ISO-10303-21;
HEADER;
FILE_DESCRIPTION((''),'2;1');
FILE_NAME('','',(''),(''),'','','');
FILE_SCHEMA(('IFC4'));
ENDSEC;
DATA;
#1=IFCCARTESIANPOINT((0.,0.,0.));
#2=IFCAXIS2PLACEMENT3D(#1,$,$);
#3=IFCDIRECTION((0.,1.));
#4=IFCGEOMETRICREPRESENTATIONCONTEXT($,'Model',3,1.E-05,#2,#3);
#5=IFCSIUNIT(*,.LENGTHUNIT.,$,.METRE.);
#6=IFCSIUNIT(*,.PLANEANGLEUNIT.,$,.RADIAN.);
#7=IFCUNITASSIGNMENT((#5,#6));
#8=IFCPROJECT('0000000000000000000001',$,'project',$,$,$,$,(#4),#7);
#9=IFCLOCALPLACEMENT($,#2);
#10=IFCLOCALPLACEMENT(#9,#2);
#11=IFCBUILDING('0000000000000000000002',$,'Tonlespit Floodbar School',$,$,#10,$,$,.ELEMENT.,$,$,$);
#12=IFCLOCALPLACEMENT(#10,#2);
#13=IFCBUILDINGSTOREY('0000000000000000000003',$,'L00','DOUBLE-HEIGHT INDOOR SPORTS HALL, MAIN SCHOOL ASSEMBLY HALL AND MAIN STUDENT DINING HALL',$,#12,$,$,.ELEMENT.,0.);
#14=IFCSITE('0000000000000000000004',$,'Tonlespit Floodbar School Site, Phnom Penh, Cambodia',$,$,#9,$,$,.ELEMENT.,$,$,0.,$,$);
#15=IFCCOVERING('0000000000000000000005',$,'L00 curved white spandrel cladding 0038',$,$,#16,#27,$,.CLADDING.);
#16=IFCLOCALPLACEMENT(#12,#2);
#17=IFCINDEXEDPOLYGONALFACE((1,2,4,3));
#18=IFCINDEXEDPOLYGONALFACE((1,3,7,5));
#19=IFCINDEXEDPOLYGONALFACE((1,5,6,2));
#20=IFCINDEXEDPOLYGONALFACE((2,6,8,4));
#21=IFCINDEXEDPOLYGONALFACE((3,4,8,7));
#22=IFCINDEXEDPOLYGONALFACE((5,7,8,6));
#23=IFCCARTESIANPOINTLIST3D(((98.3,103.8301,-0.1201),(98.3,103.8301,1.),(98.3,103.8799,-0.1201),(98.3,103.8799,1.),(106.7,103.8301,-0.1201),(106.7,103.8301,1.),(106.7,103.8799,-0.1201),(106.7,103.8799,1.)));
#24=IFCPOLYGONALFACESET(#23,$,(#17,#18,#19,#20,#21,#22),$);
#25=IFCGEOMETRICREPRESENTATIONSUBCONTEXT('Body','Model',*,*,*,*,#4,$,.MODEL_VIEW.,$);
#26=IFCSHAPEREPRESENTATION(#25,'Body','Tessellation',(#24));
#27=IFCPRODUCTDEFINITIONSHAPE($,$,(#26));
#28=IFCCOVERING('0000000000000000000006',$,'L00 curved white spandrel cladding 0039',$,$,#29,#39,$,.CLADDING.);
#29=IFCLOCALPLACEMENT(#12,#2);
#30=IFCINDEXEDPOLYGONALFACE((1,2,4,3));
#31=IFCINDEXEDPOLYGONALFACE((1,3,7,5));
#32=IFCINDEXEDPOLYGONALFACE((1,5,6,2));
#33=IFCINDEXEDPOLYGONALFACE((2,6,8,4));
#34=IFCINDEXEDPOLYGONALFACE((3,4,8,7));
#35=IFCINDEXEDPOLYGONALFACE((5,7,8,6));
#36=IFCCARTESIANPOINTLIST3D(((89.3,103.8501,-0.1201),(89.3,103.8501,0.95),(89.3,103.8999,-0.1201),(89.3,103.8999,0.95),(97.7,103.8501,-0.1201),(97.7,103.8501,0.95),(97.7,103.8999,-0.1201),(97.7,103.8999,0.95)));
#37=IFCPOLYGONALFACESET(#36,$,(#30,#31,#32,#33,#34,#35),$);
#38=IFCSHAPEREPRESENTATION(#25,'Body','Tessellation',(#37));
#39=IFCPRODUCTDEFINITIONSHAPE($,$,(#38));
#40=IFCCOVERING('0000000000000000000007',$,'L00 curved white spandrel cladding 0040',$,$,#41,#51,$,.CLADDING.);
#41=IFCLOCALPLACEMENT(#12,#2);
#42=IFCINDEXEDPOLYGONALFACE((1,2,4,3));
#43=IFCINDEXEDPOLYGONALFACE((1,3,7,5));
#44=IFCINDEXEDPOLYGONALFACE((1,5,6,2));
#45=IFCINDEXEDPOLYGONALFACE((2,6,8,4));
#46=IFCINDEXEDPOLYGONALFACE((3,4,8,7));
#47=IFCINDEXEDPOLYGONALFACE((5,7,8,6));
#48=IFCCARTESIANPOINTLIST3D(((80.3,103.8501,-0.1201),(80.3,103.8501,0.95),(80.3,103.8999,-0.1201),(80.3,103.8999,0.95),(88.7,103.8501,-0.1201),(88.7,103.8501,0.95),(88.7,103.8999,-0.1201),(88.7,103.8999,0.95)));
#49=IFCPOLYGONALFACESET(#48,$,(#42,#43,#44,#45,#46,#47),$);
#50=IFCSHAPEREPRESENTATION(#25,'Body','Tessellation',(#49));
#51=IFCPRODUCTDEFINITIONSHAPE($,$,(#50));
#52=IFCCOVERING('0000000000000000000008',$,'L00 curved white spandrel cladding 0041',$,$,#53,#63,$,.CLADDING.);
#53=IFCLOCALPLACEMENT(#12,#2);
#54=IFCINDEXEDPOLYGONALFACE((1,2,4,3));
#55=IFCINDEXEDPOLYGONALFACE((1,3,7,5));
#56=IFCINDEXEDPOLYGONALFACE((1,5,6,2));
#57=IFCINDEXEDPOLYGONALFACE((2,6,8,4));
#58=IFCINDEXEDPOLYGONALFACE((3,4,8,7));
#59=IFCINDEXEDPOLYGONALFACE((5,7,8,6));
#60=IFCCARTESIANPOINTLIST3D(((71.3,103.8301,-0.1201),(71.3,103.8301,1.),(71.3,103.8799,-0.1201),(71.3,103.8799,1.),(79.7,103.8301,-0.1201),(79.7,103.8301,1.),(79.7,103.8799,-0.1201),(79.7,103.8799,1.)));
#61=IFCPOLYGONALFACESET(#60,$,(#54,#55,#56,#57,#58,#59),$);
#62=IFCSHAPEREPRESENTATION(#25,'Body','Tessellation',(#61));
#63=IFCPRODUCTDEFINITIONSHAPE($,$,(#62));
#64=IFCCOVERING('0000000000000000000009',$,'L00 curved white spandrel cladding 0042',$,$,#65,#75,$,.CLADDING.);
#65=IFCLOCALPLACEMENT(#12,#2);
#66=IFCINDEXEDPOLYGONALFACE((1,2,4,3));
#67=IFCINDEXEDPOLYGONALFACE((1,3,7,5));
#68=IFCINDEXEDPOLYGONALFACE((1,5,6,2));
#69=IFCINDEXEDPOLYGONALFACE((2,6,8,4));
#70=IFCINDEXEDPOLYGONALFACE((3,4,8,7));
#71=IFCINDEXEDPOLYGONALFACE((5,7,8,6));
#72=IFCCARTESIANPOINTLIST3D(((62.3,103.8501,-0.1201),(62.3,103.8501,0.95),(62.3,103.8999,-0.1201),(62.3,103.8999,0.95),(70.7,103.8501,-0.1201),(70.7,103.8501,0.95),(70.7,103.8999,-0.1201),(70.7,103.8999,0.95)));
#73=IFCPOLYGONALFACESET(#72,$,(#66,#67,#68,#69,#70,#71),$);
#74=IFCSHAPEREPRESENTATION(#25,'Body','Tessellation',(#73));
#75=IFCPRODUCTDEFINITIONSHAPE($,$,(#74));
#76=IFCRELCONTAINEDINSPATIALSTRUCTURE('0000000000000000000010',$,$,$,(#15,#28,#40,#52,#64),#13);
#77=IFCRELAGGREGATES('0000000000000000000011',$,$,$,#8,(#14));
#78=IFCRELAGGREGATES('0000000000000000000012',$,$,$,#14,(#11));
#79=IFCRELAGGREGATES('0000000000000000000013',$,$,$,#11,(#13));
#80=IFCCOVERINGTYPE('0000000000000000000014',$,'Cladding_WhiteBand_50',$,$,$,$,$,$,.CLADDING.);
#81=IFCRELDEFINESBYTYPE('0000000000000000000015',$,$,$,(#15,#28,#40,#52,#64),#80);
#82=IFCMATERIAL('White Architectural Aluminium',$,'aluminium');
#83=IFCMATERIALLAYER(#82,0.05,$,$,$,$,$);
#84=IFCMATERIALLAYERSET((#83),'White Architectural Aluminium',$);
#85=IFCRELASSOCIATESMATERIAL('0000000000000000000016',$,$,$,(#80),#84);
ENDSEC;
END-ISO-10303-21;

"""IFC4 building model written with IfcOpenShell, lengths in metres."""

from ifc_helpers import new_model, si_unit, direction, frame, origin, place, context, subcontext, project, spatial, polyline, outline, extrude, material, layer, layer_set, type_object, element, save


model = new_model("IFC4")

# Units and contexts
model_context = context("Model", 3, precision=1e-05, world=origin(), true_north=direction((0.0, 1.0)))
body_context = subcontext(model_context, "Body", "Model", "MODEL_VIEW")
ifc_project = project(units=[si_unit("LENGTHUNIT", "METRE"), si_unit("PLANEANGLEUNIT", "RADIAN")], contexts=[model_context])

# Site, building, storey
site_placement = place(None, origin())
site = spatial("IfcSite", under=ifc_project, at=site_placement, Name="Tonlespit Floodbar School Site, Phnom Penh, Cambodia", CompositionType="ELEMENT", RefElevation=0.0)
building_placement = place(site_placement, origin())
building = spatial("IfcBuilding", under=site, at=building_placement, Name="Tonlespit Floodbar School", CompositionType="ELEMENT")
storey_placement = place(building_placement, origin())
storey = spatial("IfcBuildingStorey", under=building, at=storey_placement, Name="L00", Description="DOUBLE-HEIGHT INDOOR SPORTS HALL, MAIN SCHOOL ASSEMBLY HALL AND MAIN STUDENT DINING HALL", CompositionType="ELEMENT", Elevation=0.0)

# Coverings
ifc_material = material(Name="White Architectural Aluminium", Category="aluminium")
ifc_layer = layer(ifc_material, 0.05)
ifc_layer_set = layer_set([ifc_layer], Name="White Architectural Aluminium")
covering_type = type_object("IfcCoveringType", Name="Cladding_WhiteBand_50", PredefinedType="CLADDING", material=ifc_layer_set)
covering_1_placement = place(storey_placement, frame((0.0, 0.0, -0.1201)))
element("IfcCovering", 1, at=covering_1_placement, inside=storey, type_object=covering_type, Name="L00 curved white spandrel cladding 0038", PredefinedType="CLADDING", context=body_context, shape_type="SweptSolid", body=[
    extrude(outline(polyline([(106.7, 103.8799), (98.3, 103.8799), (98.3, 103.8301), (106.7, 103.8301), (106.7, 103.8799)])), origin(), (0.0, 0.0, 1.0), 1.1201),
])
covering_2_placement = place(storey_placement, frame((0.0, 0.0, -0.1201)))
element("IfcCovering", 2, at=covering_2_placement, inside=storey, type_object=covering_type, Name="L00 curved white spandrel cladding 0039", PredefinedType="CLADDING", context=body_context, shape_type="SweptSolid", body=[
    extrude(outline(polyline([(97.7, 103.8999), (89.3, 103.8999), (89.3, 103.8501), (97.7, 103.8501), (97.7, 103.8999)])), origin(), (0.0, 0.0, 1.0), 1.0701),
])
covering_3_placement = place(storey_placement, frame((0.0, 0.0, -0.1201)))
element("IfcCovering", 3, at=covering_3_placement, inside=storey, type_object=covering_type, Name="L00 curved white spandrel cladding 0040", PredefinedType="CLADDING", context=body_context, shape_type="SweptSolid", body=[
    extrude(outline(polyline([(88.7, 103.8999), (80.3, 103.8999), (80.3, 103.8501), (88.7, 103.8501), (88.7, 103.8999)])), origin(), (0.0, 0.0, 1.0), 1.0701),
])
covering_4_placement = place(storey_placement, frame((0.0, 0.0, -0.1201)))
element("IfcCovering", 4, at=covering_4_placement, inside=storey, type_object=covering_type, Name="L00 curved white spandrel cladding 0041", PredefinedType="CLADDING", context=body_context, shape_type="SweptSolid", body=[
    extrude(outline(polyline([(79.7, 103.8799), (71.3, 103.8799), (71.3, 103.8301), (79.7, 103.8301), (79.7, 103.8799)])), origin(), (0.0, 0.0, 1.0), 1.1201),
])
covering_5_placement = place(storey_placement, frame((0.0, 0.0, -0.1201)))
element("IfcCovering", 5, at=covering_5_placement, inside=storey, type_object=covering_type, Name="L00 curved white spandrel cladding 0042", PredefinedType="CLADDING", context=body_context, shape_type="SweptSolid", body=[
    extrude(outline(polyline([(70.7, 103.8999), (62.3, 103.8999), (62.3, 103.8501), (70.7, 103.8501), (70.7, 103.8999)])), origin(), (0.0, 0.0, 1.0), 1.0701),
])

save(model, "model.ifc")
